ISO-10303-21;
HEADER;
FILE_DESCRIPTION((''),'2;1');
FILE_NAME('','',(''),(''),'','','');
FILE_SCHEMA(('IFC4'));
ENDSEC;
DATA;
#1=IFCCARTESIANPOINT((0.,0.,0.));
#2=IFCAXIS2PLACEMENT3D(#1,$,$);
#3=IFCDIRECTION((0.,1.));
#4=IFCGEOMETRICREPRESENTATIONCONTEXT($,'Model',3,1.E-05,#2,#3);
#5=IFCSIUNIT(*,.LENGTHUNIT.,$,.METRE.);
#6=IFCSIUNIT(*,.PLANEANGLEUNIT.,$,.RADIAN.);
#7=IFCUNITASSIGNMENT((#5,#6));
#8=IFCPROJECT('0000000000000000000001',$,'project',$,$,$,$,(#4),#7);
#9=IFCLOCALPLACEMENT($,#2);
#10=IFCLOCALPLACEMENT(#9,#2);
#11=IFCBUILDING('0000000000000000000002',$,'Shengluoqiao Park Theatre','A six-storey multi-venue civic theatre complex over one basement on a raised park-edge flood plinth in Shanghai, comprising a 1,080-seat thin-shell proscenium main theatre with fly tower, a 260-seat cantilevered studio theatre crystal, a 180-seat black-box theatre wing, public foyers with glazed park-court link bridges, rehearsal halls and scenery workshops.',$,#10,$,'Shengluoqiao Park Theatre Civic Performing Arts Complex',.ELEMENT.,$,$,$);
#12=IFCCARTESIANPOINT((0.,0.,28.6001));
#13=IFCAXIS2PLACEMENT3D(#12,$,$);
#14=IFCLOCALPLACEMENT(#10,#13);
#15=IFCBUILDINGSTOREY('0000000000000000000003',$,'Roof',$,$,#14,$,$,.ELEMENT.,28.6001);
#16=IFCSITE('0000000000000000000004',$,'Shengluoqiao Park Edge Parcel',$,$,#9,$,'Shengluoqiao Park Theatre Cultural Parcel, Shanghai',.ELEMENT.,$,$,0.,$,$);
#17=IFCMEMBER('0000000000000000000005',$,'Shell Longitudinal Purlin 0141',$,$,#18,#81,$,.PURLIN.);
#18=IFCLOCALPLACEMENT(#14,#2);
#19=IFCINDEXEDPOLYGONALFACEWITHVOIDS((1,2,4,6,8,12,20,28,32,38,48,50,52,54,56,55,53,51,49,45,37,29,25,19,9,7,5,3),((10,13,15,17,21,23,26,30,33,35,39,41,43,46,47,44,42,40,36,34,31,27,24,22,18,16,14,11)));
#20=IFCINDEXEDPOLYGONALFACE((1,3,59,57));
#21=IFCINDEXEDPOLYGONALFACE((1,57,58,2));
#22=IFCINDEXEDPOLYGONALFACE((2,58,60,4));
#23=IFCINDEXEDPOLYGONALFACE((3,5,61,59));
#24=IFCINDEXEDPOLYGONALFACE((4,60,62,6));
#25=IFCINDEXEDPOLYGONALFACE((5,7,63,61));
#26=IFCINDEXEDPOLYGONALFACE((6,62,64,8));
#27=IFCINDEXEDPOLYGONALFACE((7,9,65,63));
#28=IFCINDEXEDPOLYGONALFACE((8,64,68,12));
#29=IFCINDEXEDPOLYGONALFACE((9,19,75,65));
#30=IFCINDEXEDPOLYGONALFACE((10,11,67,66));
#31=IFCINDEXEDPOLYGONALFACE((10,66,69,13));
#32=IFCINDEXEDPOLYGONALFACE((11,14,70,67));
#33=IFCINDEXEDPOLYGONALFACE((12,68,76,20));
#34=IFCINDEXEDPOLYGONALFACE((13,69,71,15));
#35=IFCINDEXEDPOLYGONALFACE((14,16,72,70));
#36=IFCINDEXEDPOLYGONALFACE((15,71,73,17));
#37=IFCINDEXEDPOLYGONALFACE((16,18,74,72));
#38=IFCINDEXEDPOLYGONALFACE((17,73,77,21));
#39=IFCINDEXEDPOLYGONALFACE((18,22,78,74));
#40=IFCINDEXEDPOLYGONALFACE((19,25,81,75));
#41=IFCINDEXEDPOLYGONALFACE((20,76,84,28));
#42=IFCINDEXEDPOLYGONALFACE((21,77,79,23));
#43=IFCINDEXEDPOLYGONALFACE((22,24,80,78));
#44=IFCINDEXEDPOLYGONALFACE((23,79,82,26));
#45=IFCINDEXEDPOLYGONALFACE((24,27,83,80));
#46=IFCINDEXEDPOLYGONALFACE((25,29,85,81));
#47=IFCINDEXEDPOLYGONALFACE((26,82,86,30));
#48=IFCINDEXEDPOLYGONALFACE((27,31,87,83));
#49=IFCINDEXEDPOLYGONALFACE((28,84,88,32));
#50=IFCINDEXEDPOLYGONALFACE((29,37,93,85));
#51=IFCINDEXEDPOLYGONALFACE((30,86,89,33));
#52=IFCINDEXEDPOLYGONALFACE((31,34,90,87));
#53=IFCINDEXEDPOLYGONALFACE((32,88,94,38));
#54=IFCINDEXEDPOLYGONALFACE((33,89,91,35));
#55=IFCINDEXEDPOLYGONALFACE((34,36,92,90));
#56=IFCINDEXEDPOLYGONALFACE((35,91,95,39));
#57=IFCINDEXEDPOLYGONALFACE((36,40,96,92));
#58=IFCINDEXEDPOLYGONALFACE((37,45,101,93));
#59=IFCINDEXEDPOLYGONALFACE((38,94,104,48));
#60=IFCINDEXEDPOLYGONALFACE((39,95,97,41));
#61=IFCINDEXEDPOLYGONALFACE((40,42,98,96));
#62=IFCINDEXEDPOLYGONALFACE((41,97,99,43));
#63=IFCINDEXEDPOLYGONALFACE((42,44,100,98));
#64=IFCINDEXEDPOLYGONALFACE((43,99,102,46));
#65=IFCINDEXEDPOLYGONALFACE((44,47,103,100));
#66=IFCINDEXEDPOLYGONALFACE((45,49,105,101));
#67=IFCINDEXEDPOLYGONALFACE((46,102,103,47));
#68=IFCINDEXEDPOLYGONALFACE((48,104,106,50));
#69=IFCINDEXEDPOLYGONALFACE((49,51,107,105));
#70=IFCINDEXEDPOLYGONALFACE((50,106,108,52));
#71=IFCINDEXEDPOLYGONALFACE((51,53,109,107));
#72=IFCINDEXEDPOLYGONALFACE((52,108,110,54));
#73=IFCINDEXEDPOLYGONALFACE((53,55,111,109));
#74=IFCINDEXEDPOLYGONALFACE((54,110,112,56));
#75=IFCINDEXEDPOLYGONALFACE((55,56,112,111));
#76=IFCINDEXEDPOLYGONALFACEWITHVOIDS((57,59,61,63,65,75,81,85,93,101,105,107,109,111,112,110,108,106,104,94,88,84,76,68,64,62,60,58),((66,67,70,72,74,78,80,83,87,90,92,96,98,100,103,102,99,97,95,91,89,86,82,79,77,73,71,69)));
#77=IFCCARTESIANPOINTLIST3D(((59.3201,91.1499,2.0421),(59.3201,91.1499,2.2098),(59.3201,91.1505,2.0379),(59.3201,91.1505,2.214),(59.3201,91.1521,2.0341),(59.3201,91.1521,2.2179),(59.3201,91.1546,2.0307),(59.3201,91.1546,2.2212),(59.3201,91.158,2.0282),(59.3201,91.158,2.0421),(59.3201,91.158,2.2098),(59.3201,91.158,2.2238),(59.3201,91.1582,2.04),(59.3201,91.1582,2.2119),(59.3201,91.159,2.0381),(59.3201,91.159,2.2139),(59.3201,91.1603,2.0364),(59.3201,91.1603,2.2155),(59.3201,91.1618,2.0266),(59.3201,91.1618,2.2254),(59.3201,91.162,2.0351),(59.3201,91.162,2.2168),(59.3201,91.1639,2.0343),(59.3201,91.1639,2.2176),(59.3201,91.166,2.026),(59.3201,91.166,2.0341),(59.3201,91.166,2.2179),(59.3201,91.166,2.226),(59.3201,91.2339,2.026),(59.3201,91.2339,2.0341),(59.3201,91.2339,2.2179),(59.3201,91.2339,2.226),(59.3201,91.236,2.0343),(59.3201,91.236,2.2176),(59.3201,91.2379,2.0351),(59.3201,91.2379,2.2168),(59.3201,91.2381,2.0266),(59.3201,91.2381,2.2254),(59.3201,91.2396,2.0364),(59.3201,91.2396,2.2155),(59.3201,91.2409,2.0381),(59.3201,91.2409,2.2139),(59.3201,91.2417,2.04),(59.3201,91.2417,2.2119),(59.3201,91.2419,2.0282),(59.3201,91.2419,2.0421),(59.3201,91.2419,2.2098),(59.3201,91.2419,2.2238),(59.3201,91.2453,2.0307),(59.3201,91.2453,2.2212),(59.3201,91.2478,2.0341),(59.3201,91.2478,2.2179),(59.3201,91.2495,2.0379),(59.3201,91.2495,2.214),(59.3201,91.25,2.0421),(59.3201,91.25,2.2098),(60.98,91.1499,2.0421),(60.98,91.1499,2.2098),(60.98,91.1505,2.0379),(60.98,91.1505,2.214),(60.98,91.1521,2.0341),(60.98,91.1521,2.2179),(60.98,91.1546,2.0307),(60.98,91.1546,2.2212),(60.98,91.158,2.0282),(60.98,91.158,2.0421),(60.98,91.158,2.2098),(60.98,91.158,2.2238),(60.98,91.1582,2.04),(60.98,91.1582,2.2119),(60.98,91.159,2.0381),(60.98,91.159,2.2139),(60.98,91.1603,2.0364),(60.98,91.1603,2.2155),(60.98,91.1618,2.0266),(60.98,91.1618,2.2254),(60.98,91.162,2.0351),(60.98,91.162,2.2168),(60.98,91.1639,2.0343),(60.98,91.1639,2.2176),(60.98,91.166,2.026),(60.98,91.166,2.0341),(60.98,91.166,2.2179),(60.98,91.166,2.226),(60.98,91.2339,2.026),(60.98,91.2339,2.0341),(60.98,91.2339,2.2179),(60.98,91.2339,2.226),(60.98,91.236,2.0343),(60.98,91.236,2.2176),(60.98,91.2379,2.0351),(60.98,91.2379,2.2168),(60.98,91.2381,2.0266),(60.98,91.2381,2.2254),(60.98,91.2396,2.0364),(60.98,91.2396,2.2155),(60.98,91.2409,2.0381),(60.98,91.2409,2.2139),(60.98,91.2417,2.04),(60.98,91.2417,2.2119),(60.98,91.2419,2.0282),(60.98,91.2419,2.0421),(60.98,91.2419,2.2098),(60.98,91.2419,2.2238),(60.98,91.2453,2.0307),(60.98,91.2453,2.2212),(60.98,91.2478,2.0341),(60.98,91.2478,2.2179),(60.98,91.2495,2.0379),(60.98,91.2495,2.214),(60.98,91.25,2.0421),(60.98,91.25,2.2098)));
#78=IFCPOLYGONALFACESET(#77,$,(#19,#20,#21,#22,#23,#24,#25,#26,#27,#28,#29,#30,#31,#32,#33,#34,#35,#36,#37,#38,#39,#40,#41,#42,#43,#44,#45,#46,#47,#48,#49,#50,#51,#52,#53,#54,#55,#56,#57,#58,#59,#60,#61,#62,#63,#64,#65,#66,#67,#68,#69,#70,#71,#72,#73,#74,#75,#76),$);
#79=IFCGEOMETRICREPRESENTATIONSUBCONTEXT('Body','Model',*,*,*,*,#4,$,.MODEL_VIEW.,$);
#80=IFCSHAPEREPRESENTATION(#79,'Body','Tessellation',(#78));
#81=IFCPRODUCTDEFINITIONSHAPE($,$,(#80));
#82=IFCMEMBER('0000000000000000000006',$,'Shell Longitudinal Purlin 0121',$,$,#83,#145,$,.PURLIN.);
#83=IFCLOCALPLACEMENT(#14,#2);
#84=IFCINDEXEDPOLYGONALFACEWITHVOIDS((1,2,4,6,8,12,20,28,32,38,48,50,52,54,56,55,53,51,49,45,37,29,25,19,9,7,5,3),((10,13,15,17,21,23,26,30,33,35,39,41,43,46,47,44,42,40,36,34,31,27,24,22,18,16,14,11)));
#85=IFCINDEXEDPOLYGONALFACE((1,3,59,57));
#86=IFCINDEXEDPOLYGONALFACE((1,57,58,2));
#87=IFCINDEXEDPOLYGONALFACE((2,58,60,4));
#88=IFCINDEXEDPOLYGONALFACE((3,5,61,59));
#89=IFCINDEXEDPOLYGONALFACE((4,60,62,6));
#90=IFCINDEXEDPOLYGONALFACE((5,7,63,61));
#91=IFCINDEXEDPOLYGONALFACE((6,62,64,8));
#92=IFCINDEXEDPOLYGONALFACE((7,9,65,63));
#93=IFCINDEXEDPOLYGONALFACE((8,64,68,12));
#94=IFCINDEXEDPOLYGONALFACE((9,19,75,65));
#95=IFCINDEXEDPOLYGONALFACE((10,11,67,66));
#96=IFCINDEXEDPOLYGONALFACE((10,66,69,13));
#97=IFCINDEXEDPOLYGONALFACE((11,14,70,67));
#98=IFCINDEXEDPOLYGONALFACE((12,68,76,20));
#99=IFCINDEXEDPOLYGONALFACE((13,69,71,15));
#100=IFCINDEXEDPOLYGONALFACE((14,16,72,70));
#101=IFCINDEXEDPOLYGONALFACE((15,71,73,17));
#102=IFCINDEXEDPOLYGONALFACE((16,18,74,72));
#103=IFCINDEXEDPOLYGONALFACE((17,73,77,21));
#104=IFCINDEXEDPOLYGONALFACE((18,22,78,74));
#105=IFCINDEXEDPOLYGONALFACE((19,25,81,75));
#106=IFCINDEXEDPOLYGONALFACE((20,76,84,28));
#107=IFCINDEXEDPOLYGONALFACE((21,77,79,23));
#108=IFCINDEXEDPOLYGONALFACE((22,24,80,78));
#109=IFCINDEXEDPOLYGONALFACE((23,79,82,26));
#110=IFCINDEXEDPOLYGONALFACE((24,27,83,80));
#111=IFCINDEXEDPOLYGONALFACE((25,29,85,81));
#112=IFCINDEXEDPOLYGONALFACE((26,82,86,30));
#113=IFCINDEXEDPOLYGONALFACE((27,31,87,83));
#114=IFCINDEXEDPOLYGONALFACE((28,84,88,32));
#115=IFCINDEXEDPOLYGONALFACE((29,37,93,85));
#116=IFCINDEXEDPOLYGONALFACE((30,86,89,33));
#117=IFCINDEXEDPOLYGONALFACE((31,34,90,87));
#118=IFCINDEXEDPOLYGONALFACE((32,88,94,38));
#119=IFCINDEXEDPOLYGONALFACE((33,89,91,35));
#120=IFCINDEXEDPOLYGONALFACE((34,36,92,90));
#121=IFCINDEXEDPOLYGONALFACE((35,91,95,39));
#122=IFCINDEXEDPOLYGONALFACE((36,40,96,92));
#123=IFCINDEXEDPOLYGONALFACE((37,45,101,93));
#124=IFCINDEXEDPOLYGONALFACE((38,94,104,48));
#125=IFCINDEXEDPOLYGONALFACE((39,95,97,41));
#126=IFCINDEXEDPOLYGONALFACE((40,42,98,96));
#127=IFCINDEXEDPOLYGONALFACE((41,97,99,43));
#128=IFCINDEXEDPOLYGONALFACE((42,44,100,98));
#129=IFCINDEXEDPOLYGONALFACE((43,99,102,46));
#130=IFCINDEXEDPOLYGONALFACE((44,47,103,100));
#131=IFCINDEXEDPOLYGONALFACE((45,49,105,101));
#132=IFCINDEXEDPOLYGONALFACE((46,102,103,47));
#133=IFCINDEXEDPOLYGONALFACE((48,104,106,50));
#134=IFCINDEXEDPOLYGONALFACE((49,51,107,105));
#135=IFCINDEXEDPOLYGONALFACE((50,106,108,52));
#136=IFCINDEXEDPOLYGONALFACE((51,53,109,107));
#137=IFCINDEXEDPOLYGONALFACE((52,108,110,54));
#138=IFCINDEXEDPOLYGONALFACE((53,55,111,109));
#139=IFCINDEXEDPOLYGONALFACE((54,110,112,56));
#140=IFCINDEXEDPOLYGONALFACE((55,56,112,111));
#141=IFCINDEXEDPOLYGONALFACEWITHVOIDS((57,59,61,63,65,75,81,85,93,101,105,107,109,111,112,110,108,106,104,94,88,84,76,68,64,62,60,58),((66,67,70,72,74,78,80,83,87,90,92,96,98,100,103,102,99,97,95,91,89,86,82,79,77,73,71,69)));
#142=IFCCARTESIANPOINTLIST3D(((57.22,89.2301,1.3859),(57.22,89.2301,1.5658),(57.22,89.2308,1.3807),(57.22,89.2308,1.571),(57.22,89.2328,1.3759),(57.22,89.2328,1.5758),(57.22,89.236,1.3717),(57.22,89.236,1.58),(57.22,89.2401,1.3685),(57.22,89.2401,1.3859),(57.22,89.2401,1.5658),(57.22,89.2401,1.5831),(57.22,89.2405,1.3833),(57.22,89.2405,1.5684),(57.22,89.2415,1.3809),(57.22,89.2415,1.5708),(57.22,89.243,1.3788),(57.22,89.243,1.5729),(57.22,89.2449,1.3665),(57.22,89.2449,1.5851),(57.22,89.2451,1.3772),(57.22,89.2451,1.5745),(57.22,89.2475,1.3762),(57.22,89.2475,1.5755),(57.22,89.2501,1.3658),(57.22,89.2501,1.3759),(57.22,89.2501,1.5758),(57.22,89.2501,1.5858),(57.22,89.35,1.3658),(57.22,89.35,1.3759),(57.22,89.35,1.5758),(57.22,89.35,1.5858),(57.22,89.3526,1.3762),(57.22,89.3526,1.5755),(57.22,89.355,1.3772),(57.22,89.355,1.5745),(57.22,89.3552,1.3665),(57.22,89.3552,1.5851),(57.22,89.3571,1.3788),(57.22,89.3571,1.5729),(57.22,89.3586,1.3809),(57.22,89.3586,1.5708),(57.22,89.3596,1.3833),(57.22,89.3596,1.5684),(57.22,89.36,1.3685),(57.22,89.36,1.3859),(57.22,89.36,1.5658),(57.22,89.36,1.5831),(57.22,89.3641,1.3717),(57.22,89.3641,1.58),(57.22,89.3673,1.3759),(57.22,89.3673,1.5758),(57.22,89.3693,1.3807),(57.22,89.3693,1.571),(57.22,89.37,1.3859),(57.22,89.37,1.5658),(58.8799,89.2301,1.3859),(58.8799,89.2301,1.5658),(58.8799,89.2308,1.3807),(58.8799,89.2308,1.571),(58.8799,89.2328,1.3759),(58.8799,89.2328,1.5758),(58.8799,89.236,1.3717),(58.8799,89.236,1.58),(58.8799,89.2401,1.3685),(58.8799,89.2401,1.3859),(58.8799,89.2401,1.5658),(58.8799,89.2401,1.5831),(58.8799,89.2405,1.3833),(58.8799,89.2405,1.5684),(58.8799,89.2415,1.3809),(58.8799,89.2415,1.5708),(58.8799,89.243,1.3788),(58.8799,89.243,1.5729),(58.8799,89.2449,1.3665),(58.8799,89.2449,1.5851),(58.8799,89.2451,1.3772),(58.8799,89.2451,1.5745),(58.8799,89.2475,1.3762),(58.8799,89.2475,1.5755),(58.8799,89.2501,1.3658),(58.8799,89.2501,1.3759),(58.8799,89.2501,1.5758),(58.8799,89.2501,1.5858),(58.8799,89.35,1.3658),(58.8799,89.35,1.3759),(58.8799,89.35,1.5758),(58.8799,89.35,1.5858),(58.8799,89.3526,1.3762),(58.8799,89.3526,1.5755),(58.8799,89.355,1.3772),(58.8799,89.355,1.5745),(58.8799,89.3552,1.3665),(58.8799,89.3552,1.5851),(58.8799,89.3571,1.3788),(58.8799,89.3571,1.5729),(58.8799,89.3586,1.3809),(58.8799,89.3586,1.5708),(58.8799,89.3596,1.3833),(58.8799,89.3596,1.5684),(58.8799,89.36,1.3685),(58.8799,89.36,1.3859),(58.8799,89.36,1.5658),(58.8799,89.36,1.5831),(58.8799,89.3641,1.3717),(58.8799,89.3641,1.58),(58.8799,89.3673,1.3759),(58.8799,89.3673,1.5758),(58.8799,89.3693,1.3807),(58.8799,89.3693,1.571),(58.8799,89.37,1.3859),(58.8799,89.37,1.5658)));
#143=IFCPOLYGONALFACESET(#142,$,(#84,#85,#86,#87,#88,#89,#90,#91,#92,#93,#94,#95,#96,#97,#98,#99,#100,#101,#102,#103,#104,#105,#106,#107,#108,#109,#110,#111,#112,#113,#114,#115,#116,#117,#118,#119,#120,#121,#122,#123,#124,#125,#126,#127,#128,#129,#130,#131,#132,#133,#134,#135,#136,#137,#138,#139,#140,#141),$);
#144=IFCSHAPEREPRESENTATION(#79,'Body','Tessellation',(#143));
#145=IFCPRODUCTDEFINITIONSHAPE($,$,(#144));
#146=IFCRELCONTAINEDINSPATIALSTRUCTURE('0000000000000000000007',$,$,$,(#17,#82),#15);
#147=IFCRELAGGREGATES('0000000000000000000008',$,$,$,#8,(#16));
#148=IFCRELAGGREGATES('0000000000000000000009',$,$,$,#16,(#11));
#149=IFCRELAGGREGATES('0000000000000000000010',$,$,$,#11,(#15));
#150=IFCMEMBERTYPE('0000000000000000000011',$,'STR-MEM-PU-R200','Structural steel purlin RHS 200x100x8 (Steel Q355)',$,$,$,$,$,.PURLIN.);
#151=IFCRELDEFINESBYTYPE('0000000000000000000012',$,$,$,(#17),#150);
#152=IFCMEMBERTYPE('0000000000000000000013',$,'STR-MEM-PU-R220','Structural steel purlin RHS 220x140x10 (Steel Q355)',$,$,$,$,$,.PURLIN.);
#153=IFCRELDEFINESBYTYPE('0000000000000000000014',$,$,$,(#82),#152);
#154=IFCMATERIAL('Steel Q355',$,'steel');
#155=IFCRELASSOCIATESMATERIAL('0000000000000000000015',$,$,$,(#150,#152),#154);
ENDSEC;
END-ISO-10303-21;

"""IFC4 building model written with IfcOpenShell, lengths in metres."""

from ifc_helpers import new_model, si_unit, direction, frame, origin, origin_2d, place, context, subcontext, project, spatial, hollow_rectangle, extrude, material, material_profile, profile_set, type_object, element, save


model = new_model("IFC4")

# Units and contexts
model_context = context("Model", 3, precision=1e-05, world=origin(), true_north=direction((0.0, 1.0)))
body_context = subcontext(model_context, "Body", "Model", "MODEL_VIEW")
ifc_project = project(units=[si_unit("LENGTHUNIT", "METRE"), si_unit("PLANEANGLEUNIT", "RADIAN")], contexts=[model_context])

# Site, building, storey
site_placement = place(None, origin())
site = spatial("IfcSite", under=ifc_project, at=site_placement, Name="Shengluoqiao Park Edge Parcel", LongName="Shengluoqiao Park Theatre Cultural Parcel, Shanghai", CompositionType="ELEMENT", RefElevation=0.0)
building_placement = place(site_placement, origin())
building = spatial("IfcBuilding", under=site, at=building_placement, Name="Shengluoqiao Park Theatre", Description="A six-storey multi-venue civic theatre complex over one basement on a raised park-edge flood plinth in Shanghai, comprising a 1,080-seat thin-shell proscenium main theatre with fly tower, a 260-seat cantilevered studio theatre crystal, a 180-seat black-box theatre wing, public foyers with glazed park-court link bridges, rehearsal halls and scenery workshops.", LongName="Shengluoqiao Park Theatre Civic Performing Arts Complex", CompositionType="ELEMENT")
storey_placement = place(building_placement, frame((0.0, 0.0, 28.6001)))
storey = spatial("IfcBuildingStorey", under=building, at=storey_placement, Name="Roof", CompositionType="ELEMENT", Elevation=28.6001)

# Shared definitions
ifc_material_1 = material(Name="Steel Q355", Category="steel")

# Members
ifc_material_profile_1 = material_profile(ifc_material_1, hollow_rectangle(XDim=0.1001, YDim=0.2, WallThickness=0.0081, InnerFilletRadius=0.0081, OuterFilletRadius=0.0161, at=origin_2d()), Name="RHS 200x100x8")
ifc_profile_set_1 = profile_set([ifc_material_profile_1], Name="Steel Q355")
member_type_1 = type_object("IfcMemberType", Name="STR-MEM-PU-R200", Description="Structural steel purlin RHS 200x100x8 (Steel Q355)", PredefinedType="PURLIN", material=ifc_profile_set_1)
for number, where, z_axis, x_axis, name in (
    (1, (59.3201, 91.2, 2.126), (1.0, 0.0, 0.0), (0.0, 1.0, 0.0), "Shell Longitudinal Purlin 0141"),
):
    element("IfcMember", number, at=place(storey_placement, frame(where, z_axis=z_axis, x_axis=x_axis)), inside=storey, type_object=member_type_1, Name=name, PredefinedType="PURLIN", context=body_context, shape_type="SweptSolid", body=[
        extrude(hollow_rectangle(XDim=0.1001, YDim=0.2, WallThickness=0.0081, InnerFilletRadius=0.0081, OuterFilletRadius=0.0161, at=origin_2d()), origin(), (0.0, 0.0, 1.0), 1.6599),
    ])
ifc_material_profile_2 = material_profile(ifc_material_1, hollow_rectangle(XDim=0.1399, YDim=0.22, WallThickness=0.01, InnerFilletRadius=0.01, OuterFilletRadius=0.02, at=origin_2d()), Name="RHS 220x140x10")
ifc_profile_set_2 = profile_set([ifc_material_profile_2], Name="Steel Q355")
member_type_2 = type_object("IfcMemberType", Name="STR-MEM-PU-R220", Description="Structural steel purlin RHS 220x140x10 (Steel Q355)", PredefinedType="PURLIN", material=ifc_profile_set_2)
for number, where, z_axis, x_axis, name in (
    (2, (57.22, 89.3, 1.4758), (1.0, 0.0, 0.0), (0.0, 1.0, 0.0), "Shell Longitudinal Purlin 0121"),
):
    element("IfcMember", number, at=place(storey_placement, frame(where, z_axis=z_axis, x_axis=x_axis)), inside=storey, type_object=member_type_2, Name=name, PredefinedType="PURLIN", context=body_context, shape_type="SweptSolid", body=[
        extrude(hollow_rectangle(XDim=0.1399, YDim=0.22, WallThickness=0.01, InnerFilletRadius=0.01, OuterFilletRadius=0.02, at=origin_2d()), origin(), (0.0, 0.0, 1.0), 1.6599),
    ])

save(model, "model.ifc")
